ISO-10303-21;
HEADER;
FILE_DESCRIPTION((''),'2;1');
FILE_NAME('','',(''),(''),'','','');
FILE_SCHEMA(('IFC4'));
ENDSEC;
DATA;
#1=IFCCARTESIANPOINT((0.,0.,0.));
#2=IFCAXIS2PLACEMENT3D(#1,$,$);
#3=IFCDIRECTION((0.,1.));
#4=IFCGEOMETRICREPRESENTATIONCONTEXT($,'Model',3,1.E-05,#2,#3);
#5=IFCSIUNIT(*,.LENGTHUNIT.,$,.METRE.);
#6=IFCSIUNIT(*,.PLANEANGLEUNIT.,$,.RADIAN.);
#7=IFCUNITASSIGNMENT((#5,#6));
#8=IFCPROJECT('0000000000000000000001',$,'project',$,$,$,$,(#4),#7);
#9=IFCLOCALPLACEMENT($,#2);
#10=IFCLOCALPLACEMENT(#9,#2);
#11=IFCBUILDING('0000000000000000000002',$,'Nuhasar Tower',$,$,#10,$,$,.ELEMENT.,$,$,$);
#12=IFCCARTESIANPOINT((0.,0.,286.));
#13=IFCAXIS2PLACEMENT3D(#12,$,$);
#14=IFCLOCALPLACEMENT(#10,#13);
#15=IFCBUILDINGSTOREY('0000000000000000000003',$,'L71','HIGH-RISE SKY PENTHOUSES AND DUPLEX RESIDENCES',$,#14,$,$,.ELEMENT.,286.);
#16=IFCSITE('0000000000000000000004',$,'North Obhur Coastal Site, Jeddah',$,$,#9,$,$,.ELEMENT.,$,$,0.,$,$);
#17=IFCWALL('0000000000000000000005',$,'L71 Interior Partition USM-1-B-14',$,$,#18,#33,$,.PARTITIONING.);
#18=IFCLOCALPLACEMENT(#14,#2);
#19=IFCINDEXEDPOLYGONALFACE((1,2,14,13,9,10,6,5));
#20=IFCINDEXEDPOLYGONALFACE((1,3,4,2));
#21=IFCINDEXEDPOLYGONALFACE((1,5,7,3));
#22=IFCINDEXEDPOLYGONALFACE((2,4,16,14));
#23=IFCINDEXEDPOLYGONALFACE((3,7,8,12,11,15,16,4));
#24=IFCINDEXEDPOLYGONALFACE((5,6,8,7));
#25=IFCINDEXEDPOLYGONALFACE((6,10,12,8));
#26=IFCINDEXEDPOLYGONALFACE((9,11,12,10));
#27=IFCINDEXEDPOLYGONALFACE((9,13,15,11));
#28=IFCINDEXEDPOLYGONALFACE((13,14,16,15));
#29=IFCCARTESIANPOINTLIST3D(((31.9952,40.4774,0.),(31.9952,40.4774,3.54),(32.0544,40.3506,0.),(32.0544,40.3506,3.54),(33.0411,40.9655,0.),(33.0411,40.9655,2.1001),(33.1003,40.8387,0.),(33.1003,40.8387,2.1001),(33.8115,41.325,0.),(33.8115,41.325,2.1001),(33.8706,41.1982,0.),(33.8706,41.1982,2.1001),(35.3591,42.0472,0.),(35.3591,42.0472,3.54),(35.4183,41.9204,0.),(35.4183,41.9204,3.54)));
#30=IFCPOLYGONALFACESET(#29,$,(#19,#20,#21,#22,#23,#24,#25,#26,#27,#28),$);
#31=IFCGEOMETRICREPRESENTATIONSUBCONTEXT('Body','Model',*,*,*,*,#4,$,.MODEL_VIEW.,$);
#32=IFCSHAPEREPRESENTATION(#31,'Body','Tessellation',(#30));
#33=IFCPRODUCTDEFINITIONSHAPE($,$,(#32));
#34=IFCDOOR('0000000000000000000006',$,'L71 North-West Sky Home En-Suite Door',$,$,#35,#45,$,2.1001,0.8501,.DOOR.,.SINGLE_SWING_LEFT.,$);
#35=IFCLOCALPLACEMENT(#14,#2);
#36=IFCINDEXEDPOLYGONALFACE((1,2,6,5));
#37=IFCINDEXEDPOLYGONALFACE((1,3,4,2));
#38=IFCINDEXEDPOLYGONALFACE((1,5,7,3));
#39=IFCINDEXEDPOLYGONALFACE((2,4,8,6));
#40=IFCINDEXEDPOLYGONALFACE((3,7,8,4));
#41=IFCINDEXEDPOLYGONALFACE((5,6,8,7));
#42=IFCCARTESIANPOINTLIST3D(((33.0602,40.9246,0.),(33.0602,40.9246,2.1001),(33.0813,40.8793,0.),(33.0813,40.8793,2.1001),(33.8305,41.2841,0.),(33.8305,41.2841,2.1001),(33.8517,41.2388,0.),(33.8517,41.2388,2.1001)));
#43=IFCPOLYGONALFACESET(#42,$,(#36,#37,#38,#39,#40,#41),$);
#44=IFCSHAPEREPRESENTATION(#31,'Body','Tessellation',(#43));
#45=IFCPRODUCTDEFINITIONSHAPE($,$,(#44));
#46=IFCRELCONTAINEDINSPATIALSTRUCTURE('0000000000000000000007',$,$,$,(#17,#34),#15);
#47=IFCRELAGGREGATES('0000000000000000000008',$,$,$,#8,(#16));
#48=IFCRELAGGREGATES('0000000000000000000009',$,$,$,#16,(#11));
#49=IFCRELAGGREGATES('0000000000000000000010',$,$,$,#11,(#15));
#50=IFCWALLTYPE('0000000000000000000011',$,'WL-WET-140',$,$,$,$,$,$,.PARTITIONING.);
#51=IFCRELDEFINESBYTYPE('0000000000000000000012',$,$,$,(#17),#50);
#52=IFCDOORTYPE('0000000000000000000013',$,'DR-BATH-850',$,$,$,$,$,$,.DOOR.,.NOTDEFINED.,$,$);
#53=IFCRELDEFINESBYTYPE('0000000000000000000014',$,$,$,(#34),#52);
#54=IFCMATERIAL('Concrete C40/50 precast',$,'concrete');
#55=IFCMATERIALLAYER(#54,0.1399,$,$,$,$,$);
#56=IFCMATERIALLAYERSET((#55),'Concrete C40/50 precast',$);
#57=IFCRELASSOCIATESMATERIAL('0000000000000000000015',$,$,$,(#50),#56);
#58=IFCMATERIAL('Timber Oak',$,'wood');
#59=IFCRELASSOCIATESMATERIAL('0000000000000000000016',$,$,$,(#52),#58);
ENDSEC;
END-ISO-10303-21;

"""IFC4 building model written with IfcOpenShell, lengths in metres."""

from ifc_helpers import new_model, si_unit, direction, frame, frame_2d, origin, place, context, subcontext, project, spatial, rectangle, extrude, material, layer, layer_set, type_object, element, fill, save


model = new_model("IFC4")

# Units and contexts
model_context = context("Model", 3, precision=1e-05, world=origin(), true_north=direction((0.0, 1.0)))
body_context = subcontext(model_context, "Body", "Model", "MODEL_VIEW")
ifc_project = project(units=[si_unit("LENGTHUNIT", "METRE"), si_unit("PLANEANGLEUNIT", "RADIAN")], contexts=[model_context])

# Site, building, storey
site_placement = place(None, origin())
site = spatial("IfcSite", under=ifc_project, at=site_placement, Name="North Obhur Coastal Site, Jeddah", CompositionType="ELEMENT", RefElevation=0.0)
building_placement = place(site_placement, origin())
building = spatial("IfcBuilding", under=site, at=building_placement, Name="Nuhasar Tower", CompositionType="ELEMENT")
storey_placement = place(building_placement, frame((0.0, 0.0, 286.0)))
storey = spatial("IfcBuildingStorey", under=building, at=storey_placement, Name="L71", Description="HIGH-RISE SKY PENTHOUSES AND DUPLEX RESIDENCES", CompositionType="ELEMENT", Elevation=286.0)

# Shared definitions
ifc_material_1 = material(Name="Concrete C40/50 precast", Category="concrete")
ifc_layer_1 = layer(ifc_material_1, 0.1399)
ifc_layer_set_1 = layer_set([ifc_layer_1], Name="Concrete C40/50 precast")
wall_type_1 = type_object("IfcWallType", Name="WL-WET-140", PredefinedType="PARTITIONING", material=ifc_layer_set_1)

# Wall, opening, door
wall_1_placement = place(storey_placement, frame((32.0249, 40.4141, 0.0), z_axis=(0.0, 0.0, 1.0), x_axis=(0.906188, 0.422875, 0.0)))
wall_1 = element("IfcWall", 1, at=wall_1_placement, inside=storey, type_object=wall_type_1, Name="L71 Interior Partition USM-1-B-14", PredefinedType="PARTITIONING", context=body_context, shape_type="SweptSolid", body=[
    extrude(rectangle(XDim=3.7122, YDim=0.1399, at=frame_2d((1.856, 0.0))), origin(), (0.0, 0.0, 1.0), 3.54),
])
opening_1_placement = place(wall_1_placement, frame((1.1541, 0.0, 0.0)))
opening_1 = element("IfcOpeningElement", 2, at=opening_1_placement, cuts=wall_1, PredefinedType="OPENING", context=body_context, shape_type="SweptSolid", body=[
    extrude(rectangle(XDim=0.8501, YDim=2.1001, at=frame_2d((0.425, 1.05))), frame((0.0, 0.0801, 0.0), z_axis=(0.0, -1.0, 0.0), x_axis=(1.0, 0.0, 0.0)), (0.0, 0.0, 1.0), 0.1599),
])
ifc_material_2 = material(Name="Timber Oak", Category="wood")
door_type_1 = type_object("IfcDoorType", Name="DR-BATH-850", OperationType="NOTDEFINED", PredefinedType="DOOR", material=ifc_material_2)
door_1_placement = place(opening_1_placement, origin())
door_1 = element("IfcDoor", 3, at=door_1_placement, inside=storey, type_object=door_type_1, Name="L71 North-West Sky Home En-Suite Door", OperationType="SINGLE_SWING_LEFT", OverallHeight=2.1001, OverallWidth=0.8501, PredefinedType="DOOR", context=body_context, shape_type="SweptSolid", body=[
    extrude(rectangle(XDim=0.8501, YDim=2.1001, at=frame_2d((0.425, 1.05))), frame((0.0, 0.0249, 0.0), z_axis=(0.0, -1.0, 0.0), x_axis=(1.0, 0.0, 0.0)), (0.0, 0.0, 1.0), 0.05),
])
fill(opening_1, door_1)

save(model, "model.ifc")
